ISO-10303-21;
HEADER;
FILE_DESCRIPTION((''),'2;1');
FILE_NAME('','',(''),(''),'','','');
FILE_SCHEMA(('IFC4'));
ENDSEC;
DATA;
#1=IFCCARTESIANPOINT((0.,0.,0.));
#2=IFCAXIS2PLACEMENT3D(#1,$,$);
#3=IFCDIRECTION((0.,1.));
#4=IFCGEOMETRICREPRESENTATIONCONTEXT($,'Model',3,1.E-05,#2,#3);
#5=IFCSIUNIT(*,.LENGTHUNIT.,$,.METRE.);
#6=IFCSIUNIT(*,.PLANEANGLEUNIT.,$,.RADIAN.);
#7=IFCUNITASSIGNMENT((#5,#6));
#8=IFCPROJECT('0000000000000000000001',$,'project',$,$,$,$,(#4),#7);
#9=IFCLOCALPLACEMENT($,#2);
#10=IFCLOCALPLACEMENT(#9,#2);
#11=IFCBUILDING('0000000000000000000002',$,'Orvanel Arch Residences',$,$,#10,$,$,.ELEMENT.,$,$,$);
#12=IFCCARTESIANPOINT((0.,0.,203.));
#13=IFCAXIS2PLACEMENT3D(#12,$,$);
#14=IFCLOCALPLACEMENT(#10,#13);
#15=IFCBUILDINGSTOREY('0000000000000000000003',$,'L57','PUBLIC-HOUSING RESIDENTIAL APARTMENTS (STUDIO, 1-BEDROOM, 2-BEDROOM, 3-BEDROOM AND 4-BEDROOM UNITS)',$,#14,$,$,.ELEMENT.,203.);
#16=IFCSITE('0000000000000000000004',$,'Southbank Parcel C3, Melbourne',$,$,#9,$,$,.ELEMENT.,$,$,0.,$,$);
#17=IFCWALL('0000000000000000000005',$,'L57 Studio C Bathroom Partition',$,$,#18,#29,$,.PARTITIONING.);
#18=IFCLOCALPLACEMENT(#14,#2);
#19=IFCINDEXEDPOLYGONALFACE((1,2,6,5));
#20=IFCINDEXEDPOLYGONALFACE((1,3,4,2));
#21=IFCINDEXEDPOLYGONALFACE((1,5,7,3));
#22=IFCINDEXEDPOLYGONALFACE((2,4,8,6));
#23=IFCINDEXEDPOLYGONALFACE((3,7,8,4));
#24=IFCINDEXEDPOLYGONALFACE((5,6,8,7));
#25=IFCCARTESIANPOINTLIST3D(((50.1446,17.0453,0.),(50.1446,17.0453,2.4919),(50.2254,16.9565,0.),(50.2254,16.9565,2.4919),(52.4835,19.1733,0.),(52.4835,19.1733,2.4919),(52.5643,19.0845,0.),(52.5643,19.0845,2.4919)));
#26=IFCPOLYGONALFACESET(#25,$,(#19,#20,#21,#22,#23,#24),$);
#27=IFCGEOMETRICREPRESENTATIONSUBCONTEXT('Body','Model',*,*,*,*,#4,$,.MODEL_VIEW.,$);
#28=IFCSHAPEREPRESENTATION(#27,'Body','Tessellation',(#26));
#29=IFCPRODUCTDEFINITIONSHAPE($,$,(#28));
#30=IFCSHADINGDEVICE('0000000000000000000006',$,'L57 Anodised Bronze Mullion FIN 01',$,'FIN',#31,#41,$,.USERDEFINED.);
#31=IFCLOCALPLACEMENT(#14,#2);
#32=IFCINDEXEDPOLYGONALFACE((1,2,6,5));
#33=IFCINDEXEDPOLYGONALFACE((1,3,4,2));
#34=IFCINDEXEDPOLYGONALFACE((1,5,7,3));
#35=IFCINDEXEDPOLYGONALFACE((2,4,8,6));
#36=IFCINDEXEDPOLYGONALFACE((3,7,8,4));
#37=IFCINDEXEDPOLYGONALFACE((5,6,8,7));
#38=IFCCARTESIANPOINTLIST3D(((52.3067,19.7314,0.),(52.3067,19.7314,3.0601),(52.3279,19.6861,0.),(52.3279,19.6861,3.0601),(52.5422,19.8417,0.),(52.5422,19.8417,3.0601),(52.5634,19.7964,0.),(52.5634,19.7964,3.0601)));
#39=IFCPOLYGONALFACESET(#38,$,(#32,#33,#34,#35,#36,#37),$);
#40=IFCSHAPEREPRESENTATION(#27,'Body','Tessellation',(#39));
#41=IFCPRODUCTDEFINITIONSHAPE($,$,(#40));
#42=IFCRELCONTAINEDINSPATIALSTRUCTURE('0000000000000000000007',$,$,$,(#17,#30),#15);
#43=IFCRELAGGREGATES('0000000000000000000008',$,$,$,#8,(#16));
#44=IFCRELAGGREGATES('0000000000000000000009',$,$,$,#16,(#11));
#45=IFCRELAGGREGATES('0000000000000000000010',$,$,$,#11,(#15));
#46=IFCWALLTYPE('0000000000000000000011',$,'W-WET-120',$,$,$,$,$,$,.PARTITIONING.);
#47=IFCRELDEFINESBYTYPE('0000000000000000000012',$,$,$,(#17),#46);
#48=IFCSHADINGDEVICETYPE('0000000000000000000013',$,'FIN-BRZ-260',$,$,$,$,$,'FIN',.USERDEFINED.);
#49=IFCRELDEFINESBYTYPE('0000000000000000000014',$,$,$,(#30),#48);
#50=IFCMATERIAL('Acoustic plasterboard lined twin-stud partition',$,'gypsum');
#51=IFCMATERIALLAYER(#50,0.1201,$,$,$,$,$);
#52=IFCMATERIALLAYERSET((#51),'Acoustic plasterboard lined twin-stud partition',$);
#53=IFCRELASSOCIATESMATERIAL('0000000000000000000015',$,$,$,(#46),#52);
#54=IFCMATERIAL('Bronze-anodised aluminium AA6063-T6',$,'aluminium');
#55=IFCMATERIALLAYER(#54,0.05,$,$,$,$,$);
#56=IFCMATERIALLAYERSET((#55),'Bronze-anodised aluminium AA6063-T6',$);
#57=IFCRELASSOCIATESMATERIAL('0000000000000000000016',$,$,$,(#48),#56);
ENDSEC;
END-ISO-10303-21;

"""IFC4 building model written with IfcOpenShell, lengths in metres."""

from ifc_helpers import new_model, si_unit, direction, frame, frame_2d, origin, origin_2d, place, context, subcontext, project, spatial, rectangle, extrude, material, layer, layer_set, type_object, element, save


model = new_model("IFC4")

# Units and contexts
model_context = context("Model", 3, precision=1e-05, world=origin(), true_north=direction((0.0, 1.0)))
body_context = subcontext(model_context, "Body", "Model", "MODEL_VIEW")
ifc_project = project(units=[si_unit("LENGTHUNIT", "METRE"), si_unit("PLANEANGLEUNIT", "RADIAN")], contexts=[model_context])

# Site, building, storey
site_placement = place(None, origin())
site = spatial("IfcSite", under=ifc_project, at=site_placement, Name="Southbank Parcel C3, Melbourne", CompositionType="ELEMENT", RefElevation=0.0)
building_placement = place(site_placement, origin())
building = spatial("IfcBuilding", under=site, at=building_placement, Name="Orvanel Arch Residences", CompositionType="ELEMENT")
storey_placement = place(building_placement, frame((0.0, 0.0, 203.0)))
storey = spatial("IfcBuildingStorey", under=building, at=storey_placement, Name="L57", Description="PUBLIC-HOUSING RESIDENTIAL APARTMENTS (STUDIO, 1-BEDROOM, 2-BEDROOM, 3-BEDROOM AND 4-BEDROOM UNITS)", CompositionType="ELEMENT", Elevation=203.0)

# Shared definitions
ifc_material_1 = material(Name="Bronze-anodised aluminium AA6063-T6", Category="aluminium")

# Shared definitions
ifc_material_2 = material(Name="Acoustic plasterboard lined twin-stud partition", Category="gypsum")
ifc_layer_1 = layer(ifc_material_2, 0.1201)
ifc_layer_set_1 = layer_set([ifc_layer_1], Name="Acoustic plasterboard lined twin-stud partition")
wall_type_1 = type_object("IfcWallType", Name="W-WET-120", PredefinedType="PARTITIONING", material=ifc_layer_set_1)

# Wall
wall_1_placement = place(storey_placement, frame((52.5239, 19.1289, 0.0), z_axis=(0.0, 0.0, 1.0), x_axis=(-0.739674, -0.672965, 0.0)))
element("IfcWall", 1, at=wall_1_placement, inside=storey, type_object=wall_type_1, Name="L57 Studio C Bathroom Partition", PredefinedType="PARTITIONING", context=body_context, shape_type="SweptSolid", body=[
    extrude(rectangle(XDim=3.1621, YDim=0.1201, at=frame_2d((1.5811, 0.0))), origin(), (0.0, 0.0, 1.0), 2.4919),
])

# Shading device
ifc_layer_2 = layer(ifc_material_1, 0.05)
ifc_layer_set_2 = layer_set([ifc_layer_2], Name="Bronze-anodised aluminium AA6063-T6")
shading_device_type = type_object("IfcShadingDeviceType", Name="FIN-BRZ-260", ElementType="FIN", PredefinedType="USERDEFINED", material=ifc_layer_set_2)
shading_device_placement = place(storey_placement, frame((52.4351, 19.7639, 0.0), z_axis=(0.0, 0.0, 1.0), x_axis=(0.905569, 0.424199, 0.0)))
element("IfcShadingDevice", 2, at=shading_device_placement, inside=storey, type_object=shading_device_type, Name="L57 Anodised Bronze Mullion FIN 01", ObjectType="FIN", PredefinedType="USERDEFINED", context=body_context, shape_type="SweptSolid", body=[
    extrude(rectangle(XDim=0.26, YDim=0.05, at=origin_2d()), origin(), (0.0, 0.0, 1.0), 3.0601),
])

save(model, "model.ifc")
